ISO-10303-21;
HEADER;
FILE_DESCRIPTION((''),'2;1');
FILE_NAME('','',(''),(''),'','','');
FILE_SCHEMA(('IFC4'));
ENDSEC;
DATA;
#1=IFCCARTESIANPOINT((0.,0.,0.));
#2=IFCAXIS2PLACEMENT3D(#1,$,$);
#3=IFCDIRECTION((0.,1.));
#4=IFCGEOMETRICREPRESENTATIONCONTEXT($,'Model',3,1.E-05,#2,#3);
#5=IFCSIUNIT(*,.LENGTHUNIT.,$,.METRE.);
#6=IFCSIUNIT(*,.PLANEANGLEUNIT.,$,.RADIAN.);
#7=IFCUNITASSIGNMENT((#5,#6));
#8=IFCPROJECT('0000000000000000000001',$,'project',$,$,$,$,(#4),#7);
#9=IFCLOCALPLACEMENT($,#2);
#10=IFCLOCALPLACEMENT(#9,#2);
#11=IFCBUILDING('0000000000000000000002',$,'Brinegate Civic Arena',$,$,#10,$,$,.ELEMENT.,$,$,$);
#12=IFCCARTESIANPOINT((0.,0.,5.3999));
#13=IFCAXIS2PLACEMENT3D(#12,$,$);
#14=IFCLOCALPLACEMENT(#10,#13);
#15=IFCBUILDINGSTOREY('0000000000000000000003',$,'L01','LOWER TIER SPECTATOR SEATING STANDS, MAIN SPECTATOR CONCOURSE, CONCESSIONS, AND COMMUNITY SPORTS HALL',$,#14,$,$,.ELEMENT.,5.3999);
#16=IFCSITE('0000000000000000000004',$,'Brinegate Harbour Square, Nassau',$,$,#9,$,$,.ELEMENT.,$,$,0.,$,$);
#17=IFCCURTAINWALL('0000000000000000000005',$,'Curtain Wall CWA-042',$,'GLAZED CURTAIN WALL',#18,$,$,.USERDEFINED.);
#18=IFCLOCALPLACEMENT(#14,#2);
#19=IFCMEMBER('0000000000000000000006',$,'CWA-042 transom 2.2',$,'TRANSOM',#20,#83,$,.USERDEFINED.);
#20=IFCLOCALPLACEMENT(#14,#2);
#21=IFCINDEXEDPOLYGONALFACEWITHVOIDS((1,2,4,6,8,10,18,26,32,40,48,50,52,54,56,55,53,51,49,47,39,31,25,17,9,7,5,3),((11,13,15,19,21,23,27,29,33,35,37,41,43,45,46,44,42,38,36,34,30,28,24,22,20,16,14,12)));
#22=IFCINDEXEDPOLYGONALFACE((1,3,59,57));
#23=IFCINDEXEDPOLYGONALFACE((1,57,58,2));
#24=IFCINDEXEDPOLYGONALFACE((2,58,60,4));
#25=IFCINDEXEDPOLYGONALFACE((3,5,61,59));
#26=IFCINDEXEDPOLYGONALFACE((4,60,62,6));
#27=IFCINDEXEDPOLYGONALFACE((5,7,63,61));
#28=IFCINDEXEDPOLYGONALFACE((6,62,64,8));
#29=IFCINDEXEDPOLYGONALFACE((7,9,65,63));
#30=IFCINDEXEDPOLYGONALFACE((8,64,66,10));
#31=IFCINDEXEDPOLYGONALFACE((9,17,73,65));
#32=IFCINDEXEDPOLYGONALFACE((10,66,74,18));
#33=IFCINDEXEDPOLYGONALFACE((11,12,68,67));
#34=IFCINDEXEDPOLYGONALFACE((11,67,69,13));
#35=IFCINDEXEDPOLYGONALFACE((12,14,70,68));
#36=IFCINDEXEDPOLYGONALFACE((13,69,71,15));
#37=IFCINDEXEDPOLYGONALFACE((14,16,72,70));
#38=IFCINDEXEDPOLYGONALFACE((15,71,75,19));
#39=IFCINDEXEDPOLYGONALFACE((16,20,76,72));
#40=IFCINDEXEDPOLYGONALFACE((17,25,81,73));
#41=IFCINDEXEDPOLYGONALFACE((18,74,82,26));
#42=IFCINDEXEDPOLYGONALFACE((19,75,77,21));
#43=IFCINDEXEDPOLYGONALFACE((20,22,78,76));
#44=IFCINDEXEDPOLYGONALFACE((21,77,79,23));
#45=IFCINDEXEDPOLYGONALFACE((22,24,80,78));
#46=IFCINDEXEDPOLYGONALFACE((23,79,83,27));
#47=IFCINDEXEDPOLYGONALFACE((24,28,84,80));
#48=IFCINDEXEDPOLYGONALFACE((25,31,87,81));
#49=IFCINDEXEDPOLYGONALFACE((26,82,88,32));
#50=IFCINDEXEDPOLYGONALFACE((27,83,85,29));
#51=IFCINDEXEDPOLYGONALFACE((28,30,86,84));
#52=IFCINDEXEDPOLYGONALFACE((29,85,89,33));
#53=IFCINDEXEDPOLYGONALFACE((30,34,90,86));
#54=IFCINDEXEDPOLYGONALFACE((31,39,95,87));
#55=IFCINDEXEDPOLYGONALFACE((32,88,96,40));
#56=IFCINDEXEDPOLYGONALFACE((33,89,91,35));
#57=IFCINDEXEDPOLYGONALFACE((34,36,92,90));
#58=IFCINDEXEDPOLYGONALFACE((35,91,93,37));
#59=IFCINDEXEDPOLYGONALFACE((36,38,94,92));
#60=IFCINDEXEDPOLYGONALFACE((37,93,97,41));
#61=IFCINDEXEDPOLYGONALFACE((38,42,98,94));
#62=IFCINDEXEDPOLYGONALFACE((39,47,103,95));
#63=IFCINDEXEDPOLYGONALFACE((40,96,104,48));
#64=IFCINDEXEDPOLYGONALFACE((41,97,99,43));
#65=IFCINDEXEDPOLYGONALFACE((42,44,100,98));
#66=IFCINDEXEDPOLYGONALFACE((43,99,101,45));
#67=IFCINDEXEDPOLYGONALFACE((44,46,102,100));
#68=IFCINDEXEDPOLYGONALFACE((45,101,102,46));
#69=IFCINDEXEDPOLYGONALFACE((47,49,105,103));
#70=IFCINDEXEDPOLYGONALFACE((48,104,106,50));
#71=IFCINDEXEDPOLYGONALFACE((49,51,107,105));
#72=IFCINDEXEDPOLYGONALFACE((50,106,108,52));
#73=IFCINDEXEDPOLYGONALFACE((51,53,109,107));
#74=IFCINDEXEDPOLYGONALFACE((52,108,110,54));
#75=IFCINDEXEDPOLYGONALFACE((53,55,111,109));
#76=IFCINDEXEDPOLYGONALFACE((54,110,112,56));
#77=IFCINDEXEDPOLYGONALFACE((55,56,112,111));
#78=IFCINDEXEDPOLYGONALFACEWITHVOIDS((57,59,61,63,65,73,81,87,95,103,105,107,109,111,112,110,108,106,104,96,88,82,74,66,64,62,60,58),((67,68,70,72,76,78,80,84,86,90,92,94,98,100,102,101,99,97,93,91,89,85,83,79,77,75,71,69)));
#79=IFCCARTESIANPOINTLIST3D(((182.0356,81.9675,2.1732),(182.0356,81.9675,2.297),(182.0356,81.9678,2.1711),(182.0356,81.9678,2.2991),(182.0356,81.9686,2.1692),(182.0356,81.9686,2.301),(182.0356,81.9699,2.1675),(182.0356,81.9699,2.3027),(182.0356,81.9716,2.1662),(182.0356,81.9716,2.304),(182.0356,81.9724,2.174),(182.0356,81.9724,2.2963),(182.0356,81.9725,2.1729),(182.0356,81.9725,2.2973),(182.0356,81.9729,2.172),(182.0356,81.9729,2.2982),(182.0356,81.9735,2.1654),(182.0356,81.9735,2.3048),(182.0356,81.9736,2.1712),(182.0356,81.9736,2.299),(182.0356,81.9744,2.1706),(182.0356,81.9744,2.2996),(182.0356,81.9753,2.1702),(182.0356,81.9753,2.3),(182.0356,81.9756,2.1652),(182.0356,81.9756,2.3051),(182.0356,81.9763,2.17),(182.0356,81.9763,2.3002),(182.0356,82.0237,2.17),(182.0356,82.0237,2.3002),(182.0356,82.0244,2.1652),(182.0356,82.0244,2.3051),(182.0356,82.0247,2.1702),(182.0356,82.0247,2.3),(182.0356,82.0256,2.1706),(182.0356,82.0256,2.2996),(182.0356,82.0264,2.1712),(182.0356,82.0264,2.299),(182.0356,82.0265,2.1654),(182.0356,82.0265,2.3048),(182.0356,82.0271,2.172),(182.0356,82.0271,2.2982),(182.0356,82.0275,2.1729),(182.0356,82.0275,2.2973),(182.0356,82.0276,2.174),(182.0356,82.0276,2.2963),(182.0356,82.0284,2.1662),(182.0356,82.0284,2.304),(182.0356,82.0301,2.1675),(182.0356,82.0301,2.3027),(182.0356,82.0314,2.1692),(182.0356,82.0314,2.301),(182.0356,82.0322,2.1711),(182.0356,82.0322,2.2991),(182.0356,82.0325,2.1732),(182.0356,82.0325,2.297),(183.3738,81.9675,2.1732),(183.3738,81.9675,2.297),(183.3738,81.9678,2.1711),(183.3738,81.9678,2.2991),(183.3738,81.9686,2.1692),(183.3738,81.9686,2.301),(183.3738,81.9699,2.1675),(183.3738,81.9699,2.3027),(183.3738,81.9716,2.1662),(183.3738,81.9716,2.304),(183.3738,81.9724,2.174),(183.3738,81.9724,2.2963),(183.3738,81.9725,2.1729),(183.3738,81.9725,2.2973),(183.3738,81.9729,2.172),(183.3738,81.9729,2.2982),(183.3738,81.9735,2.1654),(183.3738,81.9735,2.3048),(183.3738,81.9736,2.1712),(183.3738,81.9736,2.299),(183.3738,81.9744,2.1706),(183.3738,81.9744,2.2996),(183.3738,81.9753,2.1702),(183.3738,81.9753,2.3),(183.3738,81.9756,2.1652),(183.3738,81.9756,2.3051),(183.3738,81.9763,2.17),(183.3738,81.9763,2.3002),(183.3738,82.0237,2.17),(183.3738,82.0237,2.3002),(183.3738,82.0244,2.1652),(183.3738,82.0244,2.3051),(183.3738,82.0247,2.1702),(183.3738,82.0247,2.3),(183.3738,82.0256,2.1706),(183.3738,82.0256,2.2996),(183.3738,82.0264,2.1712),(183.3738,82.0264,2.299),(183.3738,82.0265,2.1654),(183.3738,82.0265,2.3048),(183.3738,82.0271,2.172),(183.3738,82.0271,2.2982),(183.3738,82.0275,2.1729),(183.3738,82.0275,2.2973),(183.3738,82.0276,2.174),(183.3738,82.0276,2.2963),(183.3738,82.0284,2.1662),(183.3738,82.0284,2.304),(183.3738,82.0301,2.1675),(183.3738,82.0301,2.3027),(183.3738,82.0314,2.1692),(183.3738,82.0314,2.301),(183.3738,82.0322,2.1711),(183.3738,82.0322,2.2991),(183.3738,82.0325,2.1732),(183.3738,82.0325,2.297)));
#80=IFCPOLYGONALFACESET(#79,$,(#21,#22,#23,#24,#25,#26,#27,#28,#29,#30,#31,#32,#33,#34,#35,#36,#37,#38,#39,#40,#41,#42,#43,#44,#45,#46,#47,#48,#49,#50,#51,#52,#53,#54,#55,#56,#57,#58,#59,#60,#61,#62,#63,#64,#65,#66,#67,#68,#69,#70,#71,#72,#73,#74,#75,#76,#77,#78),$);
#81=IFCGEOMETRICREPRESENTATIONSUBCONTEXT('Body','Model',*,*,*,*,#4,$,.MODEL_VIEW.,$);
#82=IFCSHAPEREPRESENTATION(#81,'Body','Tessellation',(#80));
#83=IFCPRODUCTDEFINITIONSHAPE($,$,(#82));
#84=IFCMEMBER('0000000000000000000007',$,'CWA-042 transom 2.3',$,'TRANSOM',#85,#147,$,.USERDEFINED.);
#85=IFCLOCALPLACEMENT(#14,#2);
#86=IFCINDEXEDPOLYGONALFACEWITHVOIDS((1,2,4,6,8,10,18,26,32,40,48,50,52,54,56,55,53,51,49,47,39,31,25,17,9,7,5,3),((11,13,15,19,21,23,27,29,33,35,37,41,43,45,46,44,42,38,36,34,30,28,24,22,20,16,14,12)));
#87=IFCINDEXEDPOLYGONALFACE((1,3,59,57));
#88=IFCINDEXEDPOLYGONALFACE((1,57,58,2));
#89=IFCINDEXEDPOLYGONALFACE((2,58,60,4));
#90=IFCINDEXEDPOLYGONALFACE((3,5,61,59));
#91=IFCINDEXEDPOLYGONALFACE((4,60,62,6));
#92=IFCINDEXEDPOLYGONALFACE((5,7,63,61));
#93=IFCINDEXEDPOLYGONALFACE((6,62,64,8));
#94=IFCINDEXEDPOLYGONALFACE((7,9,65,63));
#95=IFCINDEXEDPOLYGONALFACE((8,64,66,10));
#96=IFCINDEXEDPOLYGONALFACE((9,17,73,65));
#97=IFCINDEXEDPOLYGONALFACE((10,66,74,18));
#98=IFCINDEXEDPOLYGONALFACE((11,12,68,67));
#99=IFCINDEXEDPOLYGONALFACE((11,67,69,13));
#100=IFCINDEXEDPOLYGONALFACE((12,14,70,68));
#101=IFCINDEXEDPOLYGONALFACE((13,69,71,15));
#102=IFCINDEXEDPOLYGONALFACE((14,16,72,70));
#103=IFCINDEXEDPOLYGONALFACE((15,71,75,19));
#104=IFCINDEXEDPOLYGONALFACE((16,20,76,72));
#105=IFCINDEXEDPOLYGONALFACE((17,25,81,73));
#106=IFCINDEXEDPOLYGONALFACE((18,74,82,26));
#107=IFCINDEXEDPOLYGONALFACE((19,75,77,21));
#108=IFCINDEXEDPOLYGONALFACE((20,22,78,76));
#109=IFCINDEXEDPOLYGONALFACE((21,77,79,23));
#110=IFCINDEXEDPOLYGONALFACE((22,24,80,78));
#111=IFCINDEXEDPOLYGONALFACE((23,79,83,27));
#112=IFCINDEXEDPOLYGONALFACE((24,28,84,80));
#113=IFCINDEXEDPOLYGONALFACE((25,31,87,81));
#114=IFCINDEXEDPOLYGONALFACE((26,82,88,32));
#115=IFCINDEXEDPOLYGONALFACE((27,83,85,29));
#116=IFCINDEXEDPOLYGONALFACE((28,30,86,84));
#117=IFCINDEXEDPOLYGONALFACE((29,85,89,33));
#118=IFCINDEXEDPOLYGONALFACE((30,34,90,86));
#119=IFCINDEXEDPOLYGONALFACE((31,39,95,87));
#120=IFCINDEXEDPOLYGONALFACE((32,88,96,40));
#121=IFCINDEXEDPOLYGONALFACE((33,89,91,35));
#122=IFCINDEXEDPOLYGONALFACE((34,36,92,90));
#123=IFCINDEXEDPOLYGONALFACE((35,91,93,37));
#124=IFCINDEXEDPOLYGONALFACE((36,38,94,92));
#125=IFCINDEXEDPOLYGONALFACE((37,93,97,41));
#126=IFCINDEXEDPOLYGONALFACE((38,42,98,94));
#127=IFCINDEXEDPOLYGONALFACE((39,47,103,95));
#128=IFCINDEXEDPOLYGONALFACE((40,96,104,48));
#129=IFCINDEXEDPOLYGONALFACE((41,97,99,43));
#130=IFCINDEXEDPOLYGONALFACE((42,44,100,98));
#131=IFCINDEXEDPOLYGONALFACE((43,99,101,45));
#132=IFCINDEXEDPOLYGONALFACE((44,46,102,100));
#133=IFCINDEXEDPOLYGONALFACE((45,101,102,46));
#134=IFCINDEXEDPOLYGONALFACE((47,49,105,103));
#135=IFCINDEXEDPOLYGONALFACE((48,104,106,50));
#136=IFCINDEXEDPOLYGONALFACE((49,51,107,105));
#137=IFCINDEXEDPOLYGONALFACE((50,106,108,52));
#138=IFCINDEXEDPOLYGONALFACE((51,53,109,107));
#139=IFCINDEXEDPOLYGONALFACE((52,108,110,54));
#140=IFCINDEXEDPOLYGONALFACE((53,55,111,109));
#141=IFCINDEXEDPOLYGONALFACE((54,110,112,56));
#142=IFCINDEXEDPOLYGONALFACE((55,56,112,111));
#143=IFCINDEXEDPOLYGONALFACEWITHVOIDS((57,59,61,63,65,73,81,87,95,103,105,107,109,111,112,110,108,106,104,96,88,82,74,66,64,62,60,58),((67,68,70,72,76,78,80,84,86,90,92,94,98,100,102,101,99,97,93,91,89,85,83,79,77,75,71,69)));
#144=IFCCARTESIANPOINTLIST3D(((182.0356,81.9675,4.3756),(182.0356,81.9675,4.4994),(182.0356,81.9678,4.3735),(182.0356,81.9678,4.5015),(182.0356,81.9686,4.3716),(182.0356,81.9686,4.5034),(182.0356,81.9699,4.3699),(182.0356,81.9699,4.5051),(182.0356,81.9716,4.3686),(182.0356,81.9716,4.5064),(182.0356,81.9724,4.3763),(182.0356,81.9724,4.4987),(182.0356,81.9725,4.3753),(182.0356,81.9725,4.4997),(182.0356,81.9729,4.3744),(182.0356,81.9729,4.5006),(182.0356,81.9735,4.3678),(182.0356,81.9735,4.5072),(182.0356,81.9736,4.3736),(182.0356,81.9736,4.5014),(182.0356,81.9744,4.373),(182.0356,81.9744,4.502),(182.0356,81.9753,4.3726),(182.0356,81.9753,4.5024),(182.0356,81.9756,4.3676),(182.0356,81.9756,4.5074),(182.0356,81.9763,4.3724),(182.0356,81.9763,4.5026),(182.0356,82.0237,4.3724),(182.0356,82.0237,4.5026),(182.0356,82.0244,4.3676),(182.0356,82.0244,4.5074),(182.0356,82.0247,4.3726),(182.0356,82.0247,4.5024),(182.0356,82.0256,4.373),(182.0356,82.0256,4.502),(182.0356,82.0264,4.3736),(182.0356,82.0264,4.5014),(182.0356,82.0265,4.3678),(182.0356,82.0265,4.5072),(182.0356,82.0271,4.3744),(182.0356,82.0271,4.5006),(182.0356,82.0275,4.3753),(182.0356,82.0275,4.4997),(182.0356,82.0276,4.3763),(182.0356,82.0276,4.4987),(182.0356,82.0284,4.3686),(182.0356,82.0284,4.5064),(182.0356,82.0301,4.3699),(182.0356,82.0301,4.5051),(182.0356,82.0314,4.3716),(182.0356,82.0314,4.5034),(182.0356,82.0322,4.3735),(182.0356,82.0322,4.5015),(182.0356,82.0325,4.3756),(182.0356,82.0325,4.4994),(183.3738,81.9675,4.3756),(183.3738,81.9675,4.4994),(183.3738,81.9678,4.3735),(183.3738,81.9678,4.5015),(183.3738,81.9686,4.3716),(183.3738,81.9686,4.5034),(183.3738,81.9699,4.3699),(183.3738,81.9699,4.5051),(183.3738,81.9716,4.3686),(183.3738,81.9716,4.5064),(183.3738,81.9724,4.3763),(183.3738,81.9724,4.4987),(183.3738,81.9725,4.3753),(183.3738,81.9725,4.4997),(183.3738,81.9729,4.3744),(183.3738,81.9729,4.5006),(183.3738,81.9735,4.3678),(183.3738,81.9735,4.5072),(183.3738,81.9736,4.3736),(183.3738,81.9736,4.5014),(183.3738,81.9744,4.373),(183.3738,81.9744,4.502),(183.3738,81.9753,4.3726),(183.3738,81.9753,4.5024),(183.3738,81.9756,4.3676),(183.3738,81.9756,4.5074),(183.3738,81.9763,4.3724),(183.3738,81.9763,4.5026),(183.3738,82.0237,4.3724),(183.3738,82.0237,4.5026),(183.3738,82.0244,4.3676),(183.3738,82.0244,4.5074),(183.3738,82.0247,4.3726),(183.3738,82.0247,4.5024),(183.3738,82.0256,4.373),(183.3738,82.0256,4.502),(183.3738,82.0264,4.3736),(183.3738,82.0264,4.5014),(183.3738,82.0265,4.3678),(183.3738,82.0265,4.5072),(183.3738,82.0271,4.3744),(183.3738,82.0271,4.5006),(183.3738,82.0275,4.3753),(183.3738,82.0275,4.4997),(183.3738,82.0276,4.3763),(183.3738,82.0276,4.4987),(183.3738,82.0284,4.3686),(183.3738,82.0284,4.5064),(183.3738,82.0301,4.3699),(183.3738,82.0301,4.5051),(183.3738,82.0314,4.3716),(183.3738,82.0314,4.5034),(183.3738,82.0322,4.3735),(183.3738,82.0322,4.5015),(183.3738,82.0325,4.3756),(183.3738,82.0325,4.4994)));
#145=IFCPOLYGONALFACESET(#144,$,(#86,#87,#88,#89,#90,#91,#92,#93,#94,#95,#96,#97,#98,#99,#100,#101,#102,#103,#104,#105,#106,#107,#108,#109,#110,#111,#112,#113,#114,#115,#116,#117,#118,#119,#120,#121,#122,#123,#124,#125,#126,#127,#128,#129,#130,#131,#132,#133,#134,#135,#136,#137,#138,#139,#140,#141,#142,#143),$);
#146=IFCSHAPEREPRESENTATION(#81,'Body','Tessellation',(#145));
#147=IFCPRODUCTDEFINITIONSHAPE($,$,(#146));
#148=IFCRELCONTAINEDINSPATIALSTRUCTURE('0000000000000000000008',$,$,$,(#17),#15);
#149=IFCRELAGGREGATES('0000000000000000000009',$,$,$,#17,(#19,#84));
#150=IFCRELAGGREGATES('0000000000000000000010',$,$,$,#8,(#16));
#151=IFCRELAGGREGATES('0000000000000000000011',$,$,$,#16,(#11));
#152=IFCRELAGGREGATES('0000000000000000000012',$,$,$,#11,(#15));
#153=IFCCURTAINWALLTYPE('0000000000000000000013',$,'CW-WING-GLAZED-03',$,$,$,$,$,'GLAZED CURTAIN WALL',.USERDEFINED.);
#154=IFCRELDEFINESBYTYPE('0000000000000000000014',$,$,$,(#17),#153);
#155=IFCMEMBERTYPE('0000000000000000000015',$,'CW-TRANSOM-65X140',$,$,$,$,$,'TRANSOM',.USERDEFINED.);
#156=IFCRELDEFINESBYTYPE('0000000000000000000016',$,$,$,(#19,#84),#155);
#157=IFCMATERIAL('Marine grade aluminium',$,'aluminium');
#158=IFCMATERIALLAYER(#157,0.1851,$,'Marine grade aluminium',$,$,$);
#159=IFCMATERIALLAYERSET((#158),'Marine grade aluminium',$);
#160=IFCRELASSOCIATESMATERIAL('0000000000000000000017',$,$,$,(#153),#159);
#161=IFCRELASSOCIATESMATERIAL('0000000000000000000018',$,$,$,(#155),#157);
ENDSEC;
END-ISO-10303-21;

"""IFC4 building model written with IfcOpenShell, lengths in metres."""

from ifc_helpers import new_model, si_unit, direction, frame, origin, origin_2d, place, context, subcontext, project, spatial, hollow_rectangle, extrude, material, layer, layer_set, material_profile, profile_set, type_object, element, aggregate, save


model = new_model("IFC4")

# Units and contexts
model_context = context("Model", 3, precision=1e-05, world=origin(), true_north=direction((0.0, 1.0)))
body_context = subcontext(model_context, "Body", "Model", "MODEL_VIEW")
ifc_project = project(units=[si_unit("LENGTHUNIT", "METRE"), si_unit("PLANEANGLEUNIT", "RADIAN")], contexts=[model_context])

# Site, building, storey
site_placement = place(None, origin())
site = spatial("IfcSite", under=ifc_project, at=site_placement, Name="Brinegate Harbour Square, Nassau", CompositionType="ELEMENT", RefElevation=0.0)
building_placement = place(site_placement, origin())
building = spatial("IfcBuilding", under=site, at=building_placement, Name="Brinegate Civic Arena", CompositionType="ELEMENT")
storey_placement = place(building_placement, frame((0.0, 0.0, 5.3999)))
storey = spatial("IfcBuildingStorey", under=building, at=storey_placement, Name="L01", Description="LOWER TIER SPECTATOR SEATING STANDS, MAIN SPECTATOR CONCOURSE, CONCESSIONS, AND COMMUNITY SPORTS HALL", CompositionType="ELEMENT", Elevation=5.3999)

# Curtain wall, members
ifc_material_1 = material(Name="Marine grade aluminium", Category="aluminium")
ifc_layer_1 = layer(ifc_material_1, 0.1851, Name="Marine grade aluminium")
ifc_layer_set_1 = layer_set([ifc_layer_1], Name="Marine grade aluminium")
curtain_wall_type = type_object("IfcCurtainWallType", Name="CW-WING-GLAZED-03", ElementType="GLAZED CURTAIN WALL", PredefinedType="USERDEFINED", material=ifc_layer_set_1)
curtain_wall_placement = place(storey_placement, origin())
curtain_wall = element("IfcCurtainWall", 1, at=curtain_wall_placement, inside=storey, type_object=curtain_wall_type, Name="Curtain Wall CWA-042", ObjectType="GLAZED CURTAIN WALL", PredefinedType="USERDEFINED")
ifc_material_profile_1 = material_profile(ifc_material_1, hollow_rectangle(XDim=0.0649, YDim=0.1399, WallThickness=0.0049, InnerFilletRadius=0.0039, OuterFilletRadius=0.0081, at=origin_2d()), Name="TRN65X140")
ifc_profile_set_1 = profile_set([ifc_material_profile_1], Name="Marine grade aluminium")
member_type_1 = type_object("IfcMemberType", Name="CW-TRANSOM-65X140", ElementType="TRANSOM", PredefinedType="USERDEFINED", material=ifc_profile_set_1)
member_1_placement = place(storey_placement, frame((182.0356, 82.0, 2.2351), z_axis=(1.0, 0.0, 0.0), x_axis=(0.0, 1.0, 0.0)))
member_1 = element("IfcMember", 2, at=member_1_placement, type_object=member_type_1, Name="CWA-042 transom 2.2", ObjectType="TRANSOM", PredefinedType="USERDEFINED", context=body_context, shape_type="SweptSolid", body=[
    extrude(hollow_rectangle(XDim=0.0649, YDim=0.1399, WallThickness=0.0049, InnerFilletRadius=0.0039, OuterFilletRadius=0.0081, at=origin_2d()), origin(), (0.0, 0.0, 1.0), 1.3381),
])
member_2_placement = place(storey_placement, frame((182.0356, 82.0, 4.4375), z_axis=(1.0, 0.0, 0.0), x_axis=(0.0, 1.0, 0.0)))
member_2 = element("IfcMember", 3, at=member_2_placement, type_object=member_type_1, Name="CWA-042 transom 2.3", ObjectType="TRANSOM", PredefinedType="USERDEFINED", context=body_context, shape_type="SweptSolid", body=[
    extrude(hollow_rectangle(XDim=0.0649, YDim=0.1399, WallThickness=0.0049, InnerFilletRadius=0.0039, OuterFilletRadius=0.0081, at=origin_2d()), origin(), (0.0, 0.0, 1.0), 1.3381),
])
aggregate(curtain_wall, [member_1, member_2])

save(model, "model.ifc")
